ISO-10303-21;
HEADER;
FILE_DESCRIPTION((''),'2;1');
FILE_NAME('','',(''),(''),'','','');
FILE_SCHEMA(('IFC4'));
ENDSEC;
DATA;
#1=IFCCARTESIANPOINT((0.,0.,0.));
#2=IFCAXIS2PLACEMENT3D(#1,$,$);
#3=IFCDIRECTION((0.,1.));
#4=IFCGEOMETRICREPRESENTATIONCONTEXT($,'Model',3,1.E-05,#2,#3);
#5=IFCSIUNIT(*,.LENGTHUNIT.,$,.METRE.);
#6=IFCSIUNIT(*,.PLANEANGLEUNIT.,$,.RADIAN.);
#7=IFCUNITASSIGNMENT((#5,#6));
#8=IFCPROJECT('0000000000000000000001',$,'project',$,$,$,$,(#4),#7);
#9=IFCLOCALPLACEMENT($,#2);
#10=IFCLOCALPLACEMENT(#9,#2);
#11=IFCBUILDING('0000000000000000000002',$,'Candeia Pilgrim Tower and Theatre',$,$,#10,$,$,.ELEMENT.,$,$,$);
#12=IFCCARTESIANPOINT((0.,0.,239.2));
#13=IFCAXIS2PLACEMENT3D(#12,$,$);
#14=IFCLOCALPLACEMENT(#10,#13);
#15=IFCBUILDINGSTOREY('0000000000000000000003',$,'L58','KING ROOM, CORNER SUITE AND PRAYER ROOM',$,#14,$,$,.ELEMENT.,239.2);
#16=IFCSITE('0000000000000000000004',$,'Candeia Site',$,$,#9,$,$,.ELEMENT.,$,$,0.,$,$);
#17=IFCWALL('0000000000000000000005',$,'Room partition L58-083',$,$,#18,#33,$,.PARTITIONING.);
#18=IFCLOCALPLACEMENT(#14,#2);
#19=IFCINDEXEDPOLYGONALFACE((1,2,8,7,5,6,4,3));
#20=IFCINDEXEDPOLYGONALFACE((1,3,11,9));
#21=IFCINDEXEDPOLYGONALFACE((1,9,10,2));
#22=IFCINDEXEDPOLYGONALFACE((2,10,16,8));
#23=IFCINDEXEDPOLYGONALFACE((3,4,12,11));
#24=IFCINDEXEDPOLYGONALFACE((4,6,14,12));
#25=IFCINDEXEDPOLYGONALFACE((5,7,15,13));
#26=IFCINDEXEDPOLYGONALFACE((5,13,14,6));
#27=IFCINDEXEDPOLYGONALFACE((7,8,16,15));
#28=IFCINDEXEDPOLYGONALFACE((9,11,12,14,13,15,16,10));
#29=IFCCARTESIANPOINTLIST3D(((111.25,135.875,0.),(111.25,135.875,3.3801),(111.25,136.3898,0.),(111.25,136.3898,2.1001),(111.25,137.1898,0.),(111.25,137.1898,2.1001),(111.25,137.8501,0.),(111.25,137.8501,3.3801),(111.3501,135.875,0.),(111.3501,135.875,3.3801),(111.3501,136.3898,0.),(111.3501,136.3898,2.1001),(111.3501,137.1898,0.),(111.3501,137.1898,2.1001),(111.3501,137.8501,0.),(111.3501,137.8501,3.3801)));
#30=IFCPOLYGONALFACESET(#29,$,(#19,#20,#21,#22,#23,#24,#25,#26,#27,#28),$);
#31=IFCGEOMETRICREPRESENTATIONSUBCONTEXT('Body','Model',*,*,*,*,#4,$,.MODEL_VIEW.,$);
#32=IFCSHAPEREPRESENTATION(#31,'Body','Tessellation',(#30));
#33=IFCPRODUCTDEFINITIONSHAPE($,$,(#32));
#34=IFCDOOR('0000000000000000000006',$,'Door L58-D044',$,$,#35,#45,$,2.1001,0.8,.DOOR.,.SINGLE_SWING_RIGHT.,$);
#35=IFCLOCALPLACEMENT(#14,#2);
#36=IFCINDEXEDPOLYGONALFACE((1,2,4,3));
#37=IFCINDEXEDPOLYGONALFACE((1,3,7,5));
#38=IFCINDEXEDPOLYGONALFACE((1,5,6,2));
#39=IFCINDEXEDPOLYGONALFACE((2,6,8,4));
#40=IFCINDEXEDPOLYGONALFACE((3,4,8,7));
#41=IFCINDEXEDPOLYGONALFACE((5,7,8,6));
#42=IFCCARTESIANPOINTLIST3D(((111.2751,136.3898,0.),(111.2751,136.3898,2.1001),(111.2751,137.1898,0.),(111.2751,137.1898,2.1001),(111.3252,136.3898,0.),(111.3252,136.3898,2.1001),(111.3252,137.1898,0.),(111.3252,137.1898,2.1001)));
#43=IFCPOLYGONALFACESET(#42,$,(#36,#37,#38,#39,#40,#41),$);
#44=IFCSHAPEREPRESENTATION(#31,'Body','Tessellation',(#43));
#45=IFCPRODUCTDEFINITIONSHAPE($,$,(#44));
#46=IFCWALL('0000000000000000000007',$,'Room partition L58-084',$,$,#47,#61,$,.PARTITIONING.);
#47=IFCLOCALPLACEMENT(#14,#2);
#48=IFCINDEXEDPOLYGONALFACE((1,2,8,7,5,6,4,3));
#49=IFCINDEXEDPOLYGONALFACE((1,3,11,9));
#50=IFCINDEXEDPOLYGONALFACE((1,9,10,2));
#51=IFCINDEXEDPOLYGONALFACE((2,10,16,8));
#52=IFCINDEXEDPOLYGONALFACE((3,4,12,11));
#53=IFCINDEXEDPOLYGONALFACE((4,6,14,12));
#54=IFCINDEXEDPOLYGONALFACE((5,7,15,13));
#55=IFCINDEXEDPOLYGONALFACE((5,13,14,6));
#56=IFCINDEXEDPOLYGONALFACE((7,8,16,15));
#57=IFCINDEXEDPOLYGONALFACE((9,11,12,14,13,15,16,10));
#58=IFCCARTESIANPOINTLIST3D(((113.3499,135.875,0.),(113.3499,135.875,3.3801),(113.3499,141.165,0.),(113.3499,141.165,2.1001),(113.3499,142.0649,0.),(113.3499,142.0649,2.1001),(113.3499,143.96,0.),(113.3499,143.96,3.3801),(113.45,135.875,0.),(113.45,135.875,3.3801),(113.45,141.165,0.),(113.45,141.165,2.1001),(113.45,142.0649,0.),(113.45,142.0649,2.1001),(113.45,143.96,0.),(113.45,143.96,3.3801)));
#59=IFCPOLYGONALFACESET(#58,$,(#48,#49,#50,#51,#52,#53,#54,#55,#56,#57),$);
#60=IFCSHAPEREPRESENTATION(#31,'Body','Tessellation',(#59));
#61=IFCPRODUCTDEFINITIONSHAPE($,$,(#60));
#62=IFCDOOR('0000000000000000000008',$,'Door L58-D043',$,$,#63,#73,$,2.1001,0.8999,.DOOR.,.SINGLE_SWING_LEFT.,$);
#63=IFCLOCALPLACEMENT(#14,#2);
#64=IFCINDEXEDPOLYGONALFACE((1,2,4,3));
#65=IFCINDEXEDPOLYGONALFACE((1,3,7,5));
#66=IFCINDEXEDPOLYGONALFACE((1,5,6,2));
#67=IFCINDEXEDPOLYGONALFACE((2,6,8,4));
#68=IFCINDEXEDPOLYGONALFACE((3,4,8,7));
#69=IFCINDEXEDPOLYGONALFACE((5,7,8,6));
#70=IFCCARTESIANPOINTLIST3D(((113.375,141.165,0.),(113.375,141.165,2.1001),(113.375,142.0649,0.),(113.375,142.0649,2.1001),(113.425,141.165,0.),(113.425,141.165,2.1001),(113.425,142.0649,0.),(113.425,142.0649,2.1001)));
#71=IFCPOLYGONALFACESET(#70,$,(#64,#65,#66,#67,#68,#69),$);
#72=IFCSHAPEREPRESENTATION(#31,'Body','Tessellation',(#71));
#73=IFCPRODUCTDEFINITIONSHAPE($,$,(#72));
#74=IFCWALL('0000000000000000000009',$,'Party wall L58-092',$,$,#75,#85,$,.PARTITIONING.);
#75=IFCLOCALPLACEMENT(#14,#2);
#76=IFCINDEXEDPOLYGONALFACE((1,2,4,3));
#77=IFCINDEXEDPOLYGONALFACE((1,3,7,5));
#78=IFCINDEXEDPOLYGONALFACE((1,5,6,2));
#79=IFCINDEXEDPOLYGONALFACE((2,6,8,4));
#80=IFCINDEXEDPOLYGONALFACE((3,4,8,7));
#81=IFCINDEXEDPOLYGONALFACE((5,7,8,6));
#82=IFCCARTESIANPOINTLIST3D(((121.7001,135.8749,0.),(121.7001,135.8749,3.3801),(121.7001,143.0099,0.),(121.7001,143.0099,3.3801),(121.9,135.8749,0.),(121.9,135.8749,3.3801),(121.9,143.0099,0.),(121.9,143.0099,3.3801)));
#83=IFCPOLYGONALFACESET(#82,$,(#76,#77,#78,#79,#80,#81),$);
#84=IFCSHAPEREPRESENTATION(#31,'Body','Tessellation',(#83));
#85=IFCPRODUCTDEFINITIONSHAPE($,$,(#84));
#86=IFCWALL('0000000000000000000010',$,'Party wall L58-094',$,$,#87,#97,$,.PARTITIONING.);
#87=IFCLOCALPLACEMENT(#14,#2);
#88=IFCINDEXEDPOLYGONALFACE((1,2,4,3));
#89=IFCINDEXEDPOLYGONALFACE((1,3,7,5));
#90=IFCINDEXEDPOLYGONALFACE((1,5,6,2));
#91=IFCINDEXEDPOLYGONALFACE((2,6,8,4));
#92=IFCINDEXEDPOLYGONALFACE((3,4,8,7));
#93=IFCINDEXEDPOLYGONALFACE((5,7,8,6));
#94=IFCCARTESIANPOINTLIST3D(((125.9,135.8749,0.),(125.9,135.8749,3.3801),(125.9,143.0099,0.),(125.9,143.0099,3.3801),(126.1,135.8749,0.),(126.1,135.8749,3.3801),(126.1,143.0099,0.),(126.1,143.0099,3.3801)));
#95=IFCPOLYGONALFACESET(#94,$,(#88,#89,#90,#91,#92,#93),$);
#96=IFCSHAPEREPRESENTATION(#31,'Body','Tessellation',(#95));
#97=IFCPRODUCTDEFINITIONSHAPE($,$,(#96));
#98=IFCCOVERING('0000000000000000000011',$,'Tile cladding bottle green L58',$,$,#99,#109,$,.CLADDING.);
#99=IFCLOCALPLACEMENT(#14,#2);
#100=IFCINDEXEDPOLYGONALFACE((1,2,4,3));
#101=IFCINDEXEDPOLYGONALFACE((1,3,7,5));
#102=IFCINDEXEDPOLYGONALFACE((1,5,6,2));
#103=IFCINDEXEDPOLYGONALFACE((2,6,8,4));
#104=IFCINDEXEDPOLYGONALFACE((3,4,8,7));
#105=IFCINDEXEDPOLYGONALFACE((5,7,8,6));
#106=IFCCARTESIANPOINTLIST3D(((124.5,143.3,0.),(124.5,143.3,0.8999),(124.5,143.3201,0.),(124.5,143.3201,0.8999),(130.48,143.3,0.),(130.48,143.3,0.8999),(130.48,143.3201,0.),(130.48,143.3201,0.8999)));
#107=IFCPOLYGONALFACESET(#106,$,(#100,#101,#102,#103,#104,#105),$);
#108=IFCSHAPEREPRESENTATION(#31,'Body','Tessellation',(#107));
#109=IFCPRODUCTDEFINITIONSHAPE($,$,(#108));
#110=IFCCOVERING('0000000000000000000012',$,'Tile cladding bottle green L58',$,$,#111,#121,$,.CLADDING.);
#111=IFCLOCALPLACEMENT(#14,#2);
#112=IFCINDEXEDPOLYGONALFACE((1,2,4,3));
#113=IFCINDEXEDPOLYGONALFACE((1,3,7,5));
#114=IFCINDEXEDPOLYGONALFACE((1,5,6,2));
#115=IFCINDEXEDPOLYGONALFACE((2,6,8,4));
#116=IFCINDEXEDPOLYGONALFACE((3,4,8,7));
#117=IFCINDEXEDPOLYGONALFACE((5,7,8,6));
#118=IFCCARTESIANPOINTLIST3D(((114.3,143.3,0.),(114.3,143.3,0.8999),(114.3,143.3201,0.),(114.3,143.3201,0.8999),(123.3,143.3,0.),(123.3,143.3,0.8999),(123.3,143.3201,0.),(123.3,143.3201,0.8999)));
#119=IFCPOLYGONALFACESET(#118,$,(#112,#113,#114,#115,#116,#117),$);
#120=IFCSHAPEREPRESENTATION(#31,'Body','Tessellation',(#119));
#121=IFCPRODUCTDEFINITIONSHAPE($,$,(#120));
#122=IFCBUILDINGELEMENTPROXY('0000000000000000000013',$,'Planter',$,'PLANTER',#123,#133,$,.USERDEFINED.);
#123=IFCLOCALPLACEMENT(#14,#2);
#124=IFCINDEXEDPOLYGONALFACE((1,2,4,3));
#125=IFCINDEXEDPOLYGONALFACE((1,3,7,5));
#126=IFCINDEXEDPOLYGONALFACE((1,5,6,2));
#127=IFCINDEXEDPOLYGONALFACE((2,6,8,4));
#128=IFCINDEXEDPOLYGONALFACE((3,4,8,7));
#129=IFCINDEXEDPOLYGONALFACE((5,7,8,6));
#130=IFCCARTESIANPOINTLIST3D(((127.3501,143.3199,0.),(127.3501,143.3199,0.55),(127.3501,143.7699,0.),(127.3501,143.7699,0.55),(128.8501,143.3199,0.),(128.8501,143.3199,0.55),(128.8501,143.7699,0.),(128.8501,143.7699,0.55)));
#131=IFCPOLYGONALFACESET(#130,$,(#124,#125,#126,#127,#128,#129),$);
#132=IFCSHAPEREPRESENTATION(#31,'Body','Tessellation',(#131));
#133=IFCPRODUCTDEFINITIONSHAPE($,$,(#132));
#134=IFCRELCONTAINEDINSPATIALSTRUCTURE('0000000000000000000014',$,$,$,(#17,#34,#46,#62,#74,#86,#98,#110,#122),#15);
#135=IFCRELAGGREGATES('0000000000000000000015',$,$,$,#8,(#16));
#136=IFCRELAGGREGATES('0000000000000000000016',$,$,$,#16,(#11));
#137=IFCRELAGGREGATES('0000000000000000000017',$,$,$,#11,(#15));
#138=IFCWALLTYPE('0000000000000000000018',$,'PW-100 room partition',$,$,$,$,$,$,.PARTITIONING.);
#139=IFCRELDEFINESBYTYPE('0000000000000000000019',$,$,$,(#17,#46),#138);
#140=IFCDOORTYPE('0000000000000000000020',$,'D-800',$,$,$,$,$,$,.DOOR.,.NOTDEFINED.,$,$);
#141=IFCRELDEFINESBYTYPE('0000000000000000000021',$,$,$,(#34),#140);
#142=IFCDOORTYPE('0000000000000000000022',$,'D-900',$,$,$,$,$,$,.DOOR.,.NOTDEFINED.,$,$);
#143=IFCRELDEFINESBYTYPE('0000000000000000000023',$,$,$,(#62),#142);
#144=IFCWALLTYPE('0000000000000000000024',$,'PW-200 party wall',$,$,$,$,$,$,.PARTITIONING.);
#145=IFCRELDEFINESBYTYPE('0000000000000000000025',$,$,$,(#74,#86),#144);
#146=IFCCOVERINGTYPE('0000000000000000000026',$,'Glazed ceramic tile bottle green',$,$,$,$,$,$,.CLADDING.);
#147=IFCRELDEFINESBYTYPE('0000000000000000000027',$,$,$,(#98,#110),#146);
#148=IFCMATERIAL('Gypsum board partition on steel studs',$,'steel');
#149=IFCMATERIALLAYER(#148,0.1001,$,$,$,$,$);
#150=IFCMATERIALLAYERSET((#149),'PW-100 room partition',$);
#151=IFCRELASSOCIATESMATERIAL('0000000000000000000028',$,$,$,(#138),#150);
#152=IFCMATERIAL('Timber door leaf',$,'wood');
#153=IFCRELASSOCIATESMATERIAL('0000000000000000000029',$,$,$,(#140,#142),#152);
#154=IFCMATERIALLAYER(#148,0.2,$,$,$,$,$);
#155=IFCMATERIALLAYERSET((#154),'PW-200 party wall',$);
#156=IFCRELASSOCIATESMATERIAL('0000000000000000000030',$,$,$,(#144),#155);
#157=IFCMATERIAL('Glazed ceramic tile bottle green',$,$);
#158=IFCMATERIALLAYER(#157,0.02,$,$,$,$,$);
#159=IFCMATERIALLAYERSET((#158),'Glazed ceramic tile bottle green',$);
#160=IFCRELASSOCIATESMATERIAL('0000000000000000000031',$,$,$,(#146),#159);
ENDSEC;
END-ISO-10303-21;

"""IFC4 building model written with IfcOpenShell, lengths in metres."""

from ifc_helpers import new_model, si_unit, direction, frame, frame_2d, origin, origin_2d, place, context, subcontext, project, spatial, rectangle, extrude, material, layer, layer_set, type_object, element, fill, save


model = new_model("IFC4")

# Units and contexts
model_context = context("Model", 3, precision=1e-05, world=origin(), true_north=direction((0.0, 1.0)))
body_context = subcontext(model_context, "Body", "Model", "MODEL_VIEW")
ifc_project = project(units=[si_unit("LENGTHUNIT", "METRE"), si_unit("PLANEANGLEUNIT", "RADIAN")], contexts=[model_context])

# Site, building, storey
site_placement = place(None, origin())
site = spatial("IfcSite", under=ifc_project, at=site_placement, Name="Candeia Site", CompositionType="ELEMENT", RefElevation=0.0)
building_placement = place(site_placement, origin())
building = spatial("IfcBuilding", under=site, at=building_placement, Name="Candeia Pilgrim Tower and Theatre", CompositionType="ELEMENT")
storey_placement = place(building_placement, frame((0.0, 0.0, 239.2)))
storey = spatial("IfcBuildingStorey", under=building, at=storey_placement, Name="L58", Description="KING ROOM, CORNER SUITE AND PRAYER ROOM", CompositionType="ELEMENT", Elevation=239.2)

# Walls, openings, doors
ifc_material_1 = material(Name="Gypsum board partition on steel studs", Category="steel")
ifc_layer_1 = layer(ifc_material_1, 0.1001)
ifc_layer_set_1 = layer_set([ifc_layer_1], Name="PW-100 room partition")
wall_type_1 = type_object("IfcWallType", Name="PW-100 room partition", PredefinedType="PARTITIONING", material=ifc_layer_set_1)
wall_1_placement = place(storey_placement, frame((111.3, 135.875, 0.0), z_axis=(0.0, 0.0, 1.0), x_axis=(0.0, 1.0, 0.0)))
wall_1 = element("IfcWall", 1, at=wall_1_placement, inside=storey, type_object=wall_type_1, Name="Room partition L58-083", PredefinedType="PARTITIONING", context=body_context, shape_type="SweptSolid", body=[
    extrude(rectangle(XDim=1.9751, YDim=0.1001, at=frame_2d((0.9875, 0.0))), origin(), (0.0, 0.0, 1.0), 3.3801),
])
opening_1_placement = place(wall_1_placement, frame((0.5149, 0.0, 0.0)))
opening_1 = element("IfcOpeningElement", 2, at=opening_1_placement, cuts=wall_1, PredefinedType="OPENING", context=body_context, shape_type="SweptSolid", body=[
    extrude(rectangle(XDim=0.8, YDim=2.1001, at=frame_2d((0.3999, 1.05))), frame((0.0, 0.0601, 0.0), z_axis=(0.0, -1.0, 0.0), x_axis=(1.0, 0.0, 0.0)), (0.0, 0.0, 1.0), 0.1201),
])
ifc_material_2 = material(Name="Timber door leaf", Category="wood")
door_type_1 = type_object("IfcDoorType", Name="D-800", OperationType="NOTDEFINED", PredefinedType="DOOR", material=ifc_material_2)
door_1_placement = place(opening_1_placement, origin())
door_1 = element("IfcDoor", 3, at=door_1_placement, inside=storey, type_object=door_type_1, Name="Door L58-D044", OperationType="SINGLE_SWING_RIGHT", OverallHeight=2.1001, OverallWidth=0.8, PredefinedType="DOOR", context=body_context, shape_type="SweptSolid", body=[
    extrude(rectangle(XDim=0.8, YDim=2.1001, at=frame_2d((0.3999, 1.05))), frame((0.0, 0.0249, 0.0), z_axis=(0.0, -1.0, 0.0), x_axis=(1.0, 0.0, 0.0)), (0.0, 0.0, 1.0), 0.05),
])
fill(opening_1, door_1)
wall_2_placement = place(storey_placement, frame((113.3999, 135.875, 0.0), z_axis=(0.0, 0.0, 1.0), x_axis=(0.0, 1.0, 0.0)))
wall_2 = element("IfcWall", 4, at=wall_2_placement, inside=storey, type_object=wall_type_1, Name="Room partition L58-084", PredefinedType="PARTITIONING", context=body_context, shape_type="SweptSolid", body=[
    extrude(rectangle(XDim=8.085, YDim=0.1001, at=frame_2d((4.0425, 0.0))), origin(), (0.0, 0.0, 1.0), 3.3801),
])
opening_2_placement = place(wall_2_placement, frame((5.29, 0.0, 0.0)))
opening_2 = element("IfcOpeningElement", 5, at=opening_2_placement, cuts=wall_2, PredefinedType="OPENING", context=body_context, shape_type="SweptSolid", body=[
    extrude(rectangle(XDim=0.8999, YDim=2.1001, at=frame_2d((0.45, 1.05))), frame((0.0, 0.0601, 0.0), z_axis=(0.0, -1.0, 0.0), x_axis=(1.0, 0.0, 0.0)), (0.0, 0.0, 1.0), 0.1201),
])
door_type_2 = type_object("IfcDoorType", Name="D-900", OperationType="NOTDEFINED", PredefinedType="DOOR", material=ifc_material_2)
door_2_placement = place(opening_2_placement, origin())
door_2 = element("IfcDoor", 6, at=door_2_placement, inside=storey, type_object=door_type_2, Name="Door L58-D043", OperationType="SINGLE_SWING_LEFT", OverallHeight=2.1001, OverallWidth=0.8999, PredefinedType="DOOR", context=body_context, shape_type="SweptSolid", body=[
    extrude(rectangle(XDim=0.8999, YDim=2.1001, at=frame_2d((0.45, 1.05))), frame((0.0, 0.0249, 0.0), z_axis=(0.0, -1.0, 0.0), x_axis=(1.0, 0.0, 0.0)), (0.0, 0.0, 1.0), 0.05),
])
fill(opening_2, door_2)

# Walls
ifc_layer_2 = layer(ifc_material_1, 0.2)
ifc_layer_set_2 = layer_set([ifc_layer_2], Name="PW-200 party wall")
wall_type_2 = type_object("IfcWallType", Name="PW-200 party wall", PredefinedType="PARTITIONING", material=ifc_layer_set_2)
for number, where, z_axis, x_axis, name in (
    (7, (121.8, 135.875, 0.0), (0.0, 0.0, 1.0), (0.0, 1.0, 0.0), "Party wall L58-092"),
    (8, (126.0, 135.875, 0.0), (0.0, 0.0, 1.0), (0.0, 1.0, 0.0), "Party wall L58-094"),
):
    element("IfcWall", number, at=place(storey_placement, frame(where, z_axis=z_axis, x_axis=x_axis)), inside=storey, type_object=wall_type_2, Name=name, PredefinedType="PARTITIONING", context=body_context, shape_type="SweptSolid", body=[
        extrude(rectangle(XDim=7.135, YDim=0.2, at=frame_2d((3.5674, 0.0))), origin(), (0.0, 0.0, 1.0), 3.3801),
    ])

# Coverings
ifc_material_3 = material(Name="Glazed ceramic tile bottle green")
ifc_layer_3 = layer(ifc_material_3, 0.02)
ifc_layer_set_3 = layer_set([ifc_layer_3], Name="Glazed ceramic tile bottle green")
covering_type = type_object("IfcCoveringType", Name="Glazed ceramic tile bottle green", PredefinedType="CLADDING", material=ifc_layer_set_3)
covering_1_placement = place(storey_placement, frame((127.49, 143.3101, 0.0), z_axis=(0.0, 0.0, 1.0), x_axis=(-1.0, 0.0, 0.0)))
element("IfcCovering", 9, at=covering_1_placement, inside=storey, type_object=covering_type, Name="Tile cladding bottle green L58", PredefinedType="CLADDING", context=body_context, shape_type="SweptSolid", body=[
    extrude(rectangle(XDim=5.98, YDim=0.02, at=origin_2d()), origin(), (0.0, 0.0, 1.0), 0.8999),
])
covering_2_placement = place(storey_placement, frame((118.8, 143.3101, 0.0), z_axis=(0.0, 0.0, 1.0), x_axis=(-1.0, 0.0, 0.0)))
element("IfcCovering", 10, at=covering_2_placement, inside=storey, type_object=covering_type, Name="Tile cladding bottle green L58", PredefinedType="CLADDING", context=body_context, shape_type="SweptSolid", body=[
    extrude(rectangle(XDim=9.0, YDim=0.02, at=origin_2d()), origin(), (0.0, 0.0, 1.0), 0.8999),
])

# Building element proxy
proxy_placement = place(storey_placement, frame((128.1001, 143.5449, 0.0), z_axis=(0.0, 0.0, 1.0), x_axis=(-1.0, 0.0, 0.0)))
element("IfcBuildingElementProxy", 11, at=proxy_placement, inside=storey, Name="Planter", ObjectType="PLANTER", PredefinedType="USERDEFINED", context=body_context, shape_type="SweptSolid", body=[
    extrude(rectangle(XDim=1.5, YDim=0.45, at=origin_2d()), origin(), (0.0, 0.0, 1.0), 0.55),
])

save(model, "model.ifc")
